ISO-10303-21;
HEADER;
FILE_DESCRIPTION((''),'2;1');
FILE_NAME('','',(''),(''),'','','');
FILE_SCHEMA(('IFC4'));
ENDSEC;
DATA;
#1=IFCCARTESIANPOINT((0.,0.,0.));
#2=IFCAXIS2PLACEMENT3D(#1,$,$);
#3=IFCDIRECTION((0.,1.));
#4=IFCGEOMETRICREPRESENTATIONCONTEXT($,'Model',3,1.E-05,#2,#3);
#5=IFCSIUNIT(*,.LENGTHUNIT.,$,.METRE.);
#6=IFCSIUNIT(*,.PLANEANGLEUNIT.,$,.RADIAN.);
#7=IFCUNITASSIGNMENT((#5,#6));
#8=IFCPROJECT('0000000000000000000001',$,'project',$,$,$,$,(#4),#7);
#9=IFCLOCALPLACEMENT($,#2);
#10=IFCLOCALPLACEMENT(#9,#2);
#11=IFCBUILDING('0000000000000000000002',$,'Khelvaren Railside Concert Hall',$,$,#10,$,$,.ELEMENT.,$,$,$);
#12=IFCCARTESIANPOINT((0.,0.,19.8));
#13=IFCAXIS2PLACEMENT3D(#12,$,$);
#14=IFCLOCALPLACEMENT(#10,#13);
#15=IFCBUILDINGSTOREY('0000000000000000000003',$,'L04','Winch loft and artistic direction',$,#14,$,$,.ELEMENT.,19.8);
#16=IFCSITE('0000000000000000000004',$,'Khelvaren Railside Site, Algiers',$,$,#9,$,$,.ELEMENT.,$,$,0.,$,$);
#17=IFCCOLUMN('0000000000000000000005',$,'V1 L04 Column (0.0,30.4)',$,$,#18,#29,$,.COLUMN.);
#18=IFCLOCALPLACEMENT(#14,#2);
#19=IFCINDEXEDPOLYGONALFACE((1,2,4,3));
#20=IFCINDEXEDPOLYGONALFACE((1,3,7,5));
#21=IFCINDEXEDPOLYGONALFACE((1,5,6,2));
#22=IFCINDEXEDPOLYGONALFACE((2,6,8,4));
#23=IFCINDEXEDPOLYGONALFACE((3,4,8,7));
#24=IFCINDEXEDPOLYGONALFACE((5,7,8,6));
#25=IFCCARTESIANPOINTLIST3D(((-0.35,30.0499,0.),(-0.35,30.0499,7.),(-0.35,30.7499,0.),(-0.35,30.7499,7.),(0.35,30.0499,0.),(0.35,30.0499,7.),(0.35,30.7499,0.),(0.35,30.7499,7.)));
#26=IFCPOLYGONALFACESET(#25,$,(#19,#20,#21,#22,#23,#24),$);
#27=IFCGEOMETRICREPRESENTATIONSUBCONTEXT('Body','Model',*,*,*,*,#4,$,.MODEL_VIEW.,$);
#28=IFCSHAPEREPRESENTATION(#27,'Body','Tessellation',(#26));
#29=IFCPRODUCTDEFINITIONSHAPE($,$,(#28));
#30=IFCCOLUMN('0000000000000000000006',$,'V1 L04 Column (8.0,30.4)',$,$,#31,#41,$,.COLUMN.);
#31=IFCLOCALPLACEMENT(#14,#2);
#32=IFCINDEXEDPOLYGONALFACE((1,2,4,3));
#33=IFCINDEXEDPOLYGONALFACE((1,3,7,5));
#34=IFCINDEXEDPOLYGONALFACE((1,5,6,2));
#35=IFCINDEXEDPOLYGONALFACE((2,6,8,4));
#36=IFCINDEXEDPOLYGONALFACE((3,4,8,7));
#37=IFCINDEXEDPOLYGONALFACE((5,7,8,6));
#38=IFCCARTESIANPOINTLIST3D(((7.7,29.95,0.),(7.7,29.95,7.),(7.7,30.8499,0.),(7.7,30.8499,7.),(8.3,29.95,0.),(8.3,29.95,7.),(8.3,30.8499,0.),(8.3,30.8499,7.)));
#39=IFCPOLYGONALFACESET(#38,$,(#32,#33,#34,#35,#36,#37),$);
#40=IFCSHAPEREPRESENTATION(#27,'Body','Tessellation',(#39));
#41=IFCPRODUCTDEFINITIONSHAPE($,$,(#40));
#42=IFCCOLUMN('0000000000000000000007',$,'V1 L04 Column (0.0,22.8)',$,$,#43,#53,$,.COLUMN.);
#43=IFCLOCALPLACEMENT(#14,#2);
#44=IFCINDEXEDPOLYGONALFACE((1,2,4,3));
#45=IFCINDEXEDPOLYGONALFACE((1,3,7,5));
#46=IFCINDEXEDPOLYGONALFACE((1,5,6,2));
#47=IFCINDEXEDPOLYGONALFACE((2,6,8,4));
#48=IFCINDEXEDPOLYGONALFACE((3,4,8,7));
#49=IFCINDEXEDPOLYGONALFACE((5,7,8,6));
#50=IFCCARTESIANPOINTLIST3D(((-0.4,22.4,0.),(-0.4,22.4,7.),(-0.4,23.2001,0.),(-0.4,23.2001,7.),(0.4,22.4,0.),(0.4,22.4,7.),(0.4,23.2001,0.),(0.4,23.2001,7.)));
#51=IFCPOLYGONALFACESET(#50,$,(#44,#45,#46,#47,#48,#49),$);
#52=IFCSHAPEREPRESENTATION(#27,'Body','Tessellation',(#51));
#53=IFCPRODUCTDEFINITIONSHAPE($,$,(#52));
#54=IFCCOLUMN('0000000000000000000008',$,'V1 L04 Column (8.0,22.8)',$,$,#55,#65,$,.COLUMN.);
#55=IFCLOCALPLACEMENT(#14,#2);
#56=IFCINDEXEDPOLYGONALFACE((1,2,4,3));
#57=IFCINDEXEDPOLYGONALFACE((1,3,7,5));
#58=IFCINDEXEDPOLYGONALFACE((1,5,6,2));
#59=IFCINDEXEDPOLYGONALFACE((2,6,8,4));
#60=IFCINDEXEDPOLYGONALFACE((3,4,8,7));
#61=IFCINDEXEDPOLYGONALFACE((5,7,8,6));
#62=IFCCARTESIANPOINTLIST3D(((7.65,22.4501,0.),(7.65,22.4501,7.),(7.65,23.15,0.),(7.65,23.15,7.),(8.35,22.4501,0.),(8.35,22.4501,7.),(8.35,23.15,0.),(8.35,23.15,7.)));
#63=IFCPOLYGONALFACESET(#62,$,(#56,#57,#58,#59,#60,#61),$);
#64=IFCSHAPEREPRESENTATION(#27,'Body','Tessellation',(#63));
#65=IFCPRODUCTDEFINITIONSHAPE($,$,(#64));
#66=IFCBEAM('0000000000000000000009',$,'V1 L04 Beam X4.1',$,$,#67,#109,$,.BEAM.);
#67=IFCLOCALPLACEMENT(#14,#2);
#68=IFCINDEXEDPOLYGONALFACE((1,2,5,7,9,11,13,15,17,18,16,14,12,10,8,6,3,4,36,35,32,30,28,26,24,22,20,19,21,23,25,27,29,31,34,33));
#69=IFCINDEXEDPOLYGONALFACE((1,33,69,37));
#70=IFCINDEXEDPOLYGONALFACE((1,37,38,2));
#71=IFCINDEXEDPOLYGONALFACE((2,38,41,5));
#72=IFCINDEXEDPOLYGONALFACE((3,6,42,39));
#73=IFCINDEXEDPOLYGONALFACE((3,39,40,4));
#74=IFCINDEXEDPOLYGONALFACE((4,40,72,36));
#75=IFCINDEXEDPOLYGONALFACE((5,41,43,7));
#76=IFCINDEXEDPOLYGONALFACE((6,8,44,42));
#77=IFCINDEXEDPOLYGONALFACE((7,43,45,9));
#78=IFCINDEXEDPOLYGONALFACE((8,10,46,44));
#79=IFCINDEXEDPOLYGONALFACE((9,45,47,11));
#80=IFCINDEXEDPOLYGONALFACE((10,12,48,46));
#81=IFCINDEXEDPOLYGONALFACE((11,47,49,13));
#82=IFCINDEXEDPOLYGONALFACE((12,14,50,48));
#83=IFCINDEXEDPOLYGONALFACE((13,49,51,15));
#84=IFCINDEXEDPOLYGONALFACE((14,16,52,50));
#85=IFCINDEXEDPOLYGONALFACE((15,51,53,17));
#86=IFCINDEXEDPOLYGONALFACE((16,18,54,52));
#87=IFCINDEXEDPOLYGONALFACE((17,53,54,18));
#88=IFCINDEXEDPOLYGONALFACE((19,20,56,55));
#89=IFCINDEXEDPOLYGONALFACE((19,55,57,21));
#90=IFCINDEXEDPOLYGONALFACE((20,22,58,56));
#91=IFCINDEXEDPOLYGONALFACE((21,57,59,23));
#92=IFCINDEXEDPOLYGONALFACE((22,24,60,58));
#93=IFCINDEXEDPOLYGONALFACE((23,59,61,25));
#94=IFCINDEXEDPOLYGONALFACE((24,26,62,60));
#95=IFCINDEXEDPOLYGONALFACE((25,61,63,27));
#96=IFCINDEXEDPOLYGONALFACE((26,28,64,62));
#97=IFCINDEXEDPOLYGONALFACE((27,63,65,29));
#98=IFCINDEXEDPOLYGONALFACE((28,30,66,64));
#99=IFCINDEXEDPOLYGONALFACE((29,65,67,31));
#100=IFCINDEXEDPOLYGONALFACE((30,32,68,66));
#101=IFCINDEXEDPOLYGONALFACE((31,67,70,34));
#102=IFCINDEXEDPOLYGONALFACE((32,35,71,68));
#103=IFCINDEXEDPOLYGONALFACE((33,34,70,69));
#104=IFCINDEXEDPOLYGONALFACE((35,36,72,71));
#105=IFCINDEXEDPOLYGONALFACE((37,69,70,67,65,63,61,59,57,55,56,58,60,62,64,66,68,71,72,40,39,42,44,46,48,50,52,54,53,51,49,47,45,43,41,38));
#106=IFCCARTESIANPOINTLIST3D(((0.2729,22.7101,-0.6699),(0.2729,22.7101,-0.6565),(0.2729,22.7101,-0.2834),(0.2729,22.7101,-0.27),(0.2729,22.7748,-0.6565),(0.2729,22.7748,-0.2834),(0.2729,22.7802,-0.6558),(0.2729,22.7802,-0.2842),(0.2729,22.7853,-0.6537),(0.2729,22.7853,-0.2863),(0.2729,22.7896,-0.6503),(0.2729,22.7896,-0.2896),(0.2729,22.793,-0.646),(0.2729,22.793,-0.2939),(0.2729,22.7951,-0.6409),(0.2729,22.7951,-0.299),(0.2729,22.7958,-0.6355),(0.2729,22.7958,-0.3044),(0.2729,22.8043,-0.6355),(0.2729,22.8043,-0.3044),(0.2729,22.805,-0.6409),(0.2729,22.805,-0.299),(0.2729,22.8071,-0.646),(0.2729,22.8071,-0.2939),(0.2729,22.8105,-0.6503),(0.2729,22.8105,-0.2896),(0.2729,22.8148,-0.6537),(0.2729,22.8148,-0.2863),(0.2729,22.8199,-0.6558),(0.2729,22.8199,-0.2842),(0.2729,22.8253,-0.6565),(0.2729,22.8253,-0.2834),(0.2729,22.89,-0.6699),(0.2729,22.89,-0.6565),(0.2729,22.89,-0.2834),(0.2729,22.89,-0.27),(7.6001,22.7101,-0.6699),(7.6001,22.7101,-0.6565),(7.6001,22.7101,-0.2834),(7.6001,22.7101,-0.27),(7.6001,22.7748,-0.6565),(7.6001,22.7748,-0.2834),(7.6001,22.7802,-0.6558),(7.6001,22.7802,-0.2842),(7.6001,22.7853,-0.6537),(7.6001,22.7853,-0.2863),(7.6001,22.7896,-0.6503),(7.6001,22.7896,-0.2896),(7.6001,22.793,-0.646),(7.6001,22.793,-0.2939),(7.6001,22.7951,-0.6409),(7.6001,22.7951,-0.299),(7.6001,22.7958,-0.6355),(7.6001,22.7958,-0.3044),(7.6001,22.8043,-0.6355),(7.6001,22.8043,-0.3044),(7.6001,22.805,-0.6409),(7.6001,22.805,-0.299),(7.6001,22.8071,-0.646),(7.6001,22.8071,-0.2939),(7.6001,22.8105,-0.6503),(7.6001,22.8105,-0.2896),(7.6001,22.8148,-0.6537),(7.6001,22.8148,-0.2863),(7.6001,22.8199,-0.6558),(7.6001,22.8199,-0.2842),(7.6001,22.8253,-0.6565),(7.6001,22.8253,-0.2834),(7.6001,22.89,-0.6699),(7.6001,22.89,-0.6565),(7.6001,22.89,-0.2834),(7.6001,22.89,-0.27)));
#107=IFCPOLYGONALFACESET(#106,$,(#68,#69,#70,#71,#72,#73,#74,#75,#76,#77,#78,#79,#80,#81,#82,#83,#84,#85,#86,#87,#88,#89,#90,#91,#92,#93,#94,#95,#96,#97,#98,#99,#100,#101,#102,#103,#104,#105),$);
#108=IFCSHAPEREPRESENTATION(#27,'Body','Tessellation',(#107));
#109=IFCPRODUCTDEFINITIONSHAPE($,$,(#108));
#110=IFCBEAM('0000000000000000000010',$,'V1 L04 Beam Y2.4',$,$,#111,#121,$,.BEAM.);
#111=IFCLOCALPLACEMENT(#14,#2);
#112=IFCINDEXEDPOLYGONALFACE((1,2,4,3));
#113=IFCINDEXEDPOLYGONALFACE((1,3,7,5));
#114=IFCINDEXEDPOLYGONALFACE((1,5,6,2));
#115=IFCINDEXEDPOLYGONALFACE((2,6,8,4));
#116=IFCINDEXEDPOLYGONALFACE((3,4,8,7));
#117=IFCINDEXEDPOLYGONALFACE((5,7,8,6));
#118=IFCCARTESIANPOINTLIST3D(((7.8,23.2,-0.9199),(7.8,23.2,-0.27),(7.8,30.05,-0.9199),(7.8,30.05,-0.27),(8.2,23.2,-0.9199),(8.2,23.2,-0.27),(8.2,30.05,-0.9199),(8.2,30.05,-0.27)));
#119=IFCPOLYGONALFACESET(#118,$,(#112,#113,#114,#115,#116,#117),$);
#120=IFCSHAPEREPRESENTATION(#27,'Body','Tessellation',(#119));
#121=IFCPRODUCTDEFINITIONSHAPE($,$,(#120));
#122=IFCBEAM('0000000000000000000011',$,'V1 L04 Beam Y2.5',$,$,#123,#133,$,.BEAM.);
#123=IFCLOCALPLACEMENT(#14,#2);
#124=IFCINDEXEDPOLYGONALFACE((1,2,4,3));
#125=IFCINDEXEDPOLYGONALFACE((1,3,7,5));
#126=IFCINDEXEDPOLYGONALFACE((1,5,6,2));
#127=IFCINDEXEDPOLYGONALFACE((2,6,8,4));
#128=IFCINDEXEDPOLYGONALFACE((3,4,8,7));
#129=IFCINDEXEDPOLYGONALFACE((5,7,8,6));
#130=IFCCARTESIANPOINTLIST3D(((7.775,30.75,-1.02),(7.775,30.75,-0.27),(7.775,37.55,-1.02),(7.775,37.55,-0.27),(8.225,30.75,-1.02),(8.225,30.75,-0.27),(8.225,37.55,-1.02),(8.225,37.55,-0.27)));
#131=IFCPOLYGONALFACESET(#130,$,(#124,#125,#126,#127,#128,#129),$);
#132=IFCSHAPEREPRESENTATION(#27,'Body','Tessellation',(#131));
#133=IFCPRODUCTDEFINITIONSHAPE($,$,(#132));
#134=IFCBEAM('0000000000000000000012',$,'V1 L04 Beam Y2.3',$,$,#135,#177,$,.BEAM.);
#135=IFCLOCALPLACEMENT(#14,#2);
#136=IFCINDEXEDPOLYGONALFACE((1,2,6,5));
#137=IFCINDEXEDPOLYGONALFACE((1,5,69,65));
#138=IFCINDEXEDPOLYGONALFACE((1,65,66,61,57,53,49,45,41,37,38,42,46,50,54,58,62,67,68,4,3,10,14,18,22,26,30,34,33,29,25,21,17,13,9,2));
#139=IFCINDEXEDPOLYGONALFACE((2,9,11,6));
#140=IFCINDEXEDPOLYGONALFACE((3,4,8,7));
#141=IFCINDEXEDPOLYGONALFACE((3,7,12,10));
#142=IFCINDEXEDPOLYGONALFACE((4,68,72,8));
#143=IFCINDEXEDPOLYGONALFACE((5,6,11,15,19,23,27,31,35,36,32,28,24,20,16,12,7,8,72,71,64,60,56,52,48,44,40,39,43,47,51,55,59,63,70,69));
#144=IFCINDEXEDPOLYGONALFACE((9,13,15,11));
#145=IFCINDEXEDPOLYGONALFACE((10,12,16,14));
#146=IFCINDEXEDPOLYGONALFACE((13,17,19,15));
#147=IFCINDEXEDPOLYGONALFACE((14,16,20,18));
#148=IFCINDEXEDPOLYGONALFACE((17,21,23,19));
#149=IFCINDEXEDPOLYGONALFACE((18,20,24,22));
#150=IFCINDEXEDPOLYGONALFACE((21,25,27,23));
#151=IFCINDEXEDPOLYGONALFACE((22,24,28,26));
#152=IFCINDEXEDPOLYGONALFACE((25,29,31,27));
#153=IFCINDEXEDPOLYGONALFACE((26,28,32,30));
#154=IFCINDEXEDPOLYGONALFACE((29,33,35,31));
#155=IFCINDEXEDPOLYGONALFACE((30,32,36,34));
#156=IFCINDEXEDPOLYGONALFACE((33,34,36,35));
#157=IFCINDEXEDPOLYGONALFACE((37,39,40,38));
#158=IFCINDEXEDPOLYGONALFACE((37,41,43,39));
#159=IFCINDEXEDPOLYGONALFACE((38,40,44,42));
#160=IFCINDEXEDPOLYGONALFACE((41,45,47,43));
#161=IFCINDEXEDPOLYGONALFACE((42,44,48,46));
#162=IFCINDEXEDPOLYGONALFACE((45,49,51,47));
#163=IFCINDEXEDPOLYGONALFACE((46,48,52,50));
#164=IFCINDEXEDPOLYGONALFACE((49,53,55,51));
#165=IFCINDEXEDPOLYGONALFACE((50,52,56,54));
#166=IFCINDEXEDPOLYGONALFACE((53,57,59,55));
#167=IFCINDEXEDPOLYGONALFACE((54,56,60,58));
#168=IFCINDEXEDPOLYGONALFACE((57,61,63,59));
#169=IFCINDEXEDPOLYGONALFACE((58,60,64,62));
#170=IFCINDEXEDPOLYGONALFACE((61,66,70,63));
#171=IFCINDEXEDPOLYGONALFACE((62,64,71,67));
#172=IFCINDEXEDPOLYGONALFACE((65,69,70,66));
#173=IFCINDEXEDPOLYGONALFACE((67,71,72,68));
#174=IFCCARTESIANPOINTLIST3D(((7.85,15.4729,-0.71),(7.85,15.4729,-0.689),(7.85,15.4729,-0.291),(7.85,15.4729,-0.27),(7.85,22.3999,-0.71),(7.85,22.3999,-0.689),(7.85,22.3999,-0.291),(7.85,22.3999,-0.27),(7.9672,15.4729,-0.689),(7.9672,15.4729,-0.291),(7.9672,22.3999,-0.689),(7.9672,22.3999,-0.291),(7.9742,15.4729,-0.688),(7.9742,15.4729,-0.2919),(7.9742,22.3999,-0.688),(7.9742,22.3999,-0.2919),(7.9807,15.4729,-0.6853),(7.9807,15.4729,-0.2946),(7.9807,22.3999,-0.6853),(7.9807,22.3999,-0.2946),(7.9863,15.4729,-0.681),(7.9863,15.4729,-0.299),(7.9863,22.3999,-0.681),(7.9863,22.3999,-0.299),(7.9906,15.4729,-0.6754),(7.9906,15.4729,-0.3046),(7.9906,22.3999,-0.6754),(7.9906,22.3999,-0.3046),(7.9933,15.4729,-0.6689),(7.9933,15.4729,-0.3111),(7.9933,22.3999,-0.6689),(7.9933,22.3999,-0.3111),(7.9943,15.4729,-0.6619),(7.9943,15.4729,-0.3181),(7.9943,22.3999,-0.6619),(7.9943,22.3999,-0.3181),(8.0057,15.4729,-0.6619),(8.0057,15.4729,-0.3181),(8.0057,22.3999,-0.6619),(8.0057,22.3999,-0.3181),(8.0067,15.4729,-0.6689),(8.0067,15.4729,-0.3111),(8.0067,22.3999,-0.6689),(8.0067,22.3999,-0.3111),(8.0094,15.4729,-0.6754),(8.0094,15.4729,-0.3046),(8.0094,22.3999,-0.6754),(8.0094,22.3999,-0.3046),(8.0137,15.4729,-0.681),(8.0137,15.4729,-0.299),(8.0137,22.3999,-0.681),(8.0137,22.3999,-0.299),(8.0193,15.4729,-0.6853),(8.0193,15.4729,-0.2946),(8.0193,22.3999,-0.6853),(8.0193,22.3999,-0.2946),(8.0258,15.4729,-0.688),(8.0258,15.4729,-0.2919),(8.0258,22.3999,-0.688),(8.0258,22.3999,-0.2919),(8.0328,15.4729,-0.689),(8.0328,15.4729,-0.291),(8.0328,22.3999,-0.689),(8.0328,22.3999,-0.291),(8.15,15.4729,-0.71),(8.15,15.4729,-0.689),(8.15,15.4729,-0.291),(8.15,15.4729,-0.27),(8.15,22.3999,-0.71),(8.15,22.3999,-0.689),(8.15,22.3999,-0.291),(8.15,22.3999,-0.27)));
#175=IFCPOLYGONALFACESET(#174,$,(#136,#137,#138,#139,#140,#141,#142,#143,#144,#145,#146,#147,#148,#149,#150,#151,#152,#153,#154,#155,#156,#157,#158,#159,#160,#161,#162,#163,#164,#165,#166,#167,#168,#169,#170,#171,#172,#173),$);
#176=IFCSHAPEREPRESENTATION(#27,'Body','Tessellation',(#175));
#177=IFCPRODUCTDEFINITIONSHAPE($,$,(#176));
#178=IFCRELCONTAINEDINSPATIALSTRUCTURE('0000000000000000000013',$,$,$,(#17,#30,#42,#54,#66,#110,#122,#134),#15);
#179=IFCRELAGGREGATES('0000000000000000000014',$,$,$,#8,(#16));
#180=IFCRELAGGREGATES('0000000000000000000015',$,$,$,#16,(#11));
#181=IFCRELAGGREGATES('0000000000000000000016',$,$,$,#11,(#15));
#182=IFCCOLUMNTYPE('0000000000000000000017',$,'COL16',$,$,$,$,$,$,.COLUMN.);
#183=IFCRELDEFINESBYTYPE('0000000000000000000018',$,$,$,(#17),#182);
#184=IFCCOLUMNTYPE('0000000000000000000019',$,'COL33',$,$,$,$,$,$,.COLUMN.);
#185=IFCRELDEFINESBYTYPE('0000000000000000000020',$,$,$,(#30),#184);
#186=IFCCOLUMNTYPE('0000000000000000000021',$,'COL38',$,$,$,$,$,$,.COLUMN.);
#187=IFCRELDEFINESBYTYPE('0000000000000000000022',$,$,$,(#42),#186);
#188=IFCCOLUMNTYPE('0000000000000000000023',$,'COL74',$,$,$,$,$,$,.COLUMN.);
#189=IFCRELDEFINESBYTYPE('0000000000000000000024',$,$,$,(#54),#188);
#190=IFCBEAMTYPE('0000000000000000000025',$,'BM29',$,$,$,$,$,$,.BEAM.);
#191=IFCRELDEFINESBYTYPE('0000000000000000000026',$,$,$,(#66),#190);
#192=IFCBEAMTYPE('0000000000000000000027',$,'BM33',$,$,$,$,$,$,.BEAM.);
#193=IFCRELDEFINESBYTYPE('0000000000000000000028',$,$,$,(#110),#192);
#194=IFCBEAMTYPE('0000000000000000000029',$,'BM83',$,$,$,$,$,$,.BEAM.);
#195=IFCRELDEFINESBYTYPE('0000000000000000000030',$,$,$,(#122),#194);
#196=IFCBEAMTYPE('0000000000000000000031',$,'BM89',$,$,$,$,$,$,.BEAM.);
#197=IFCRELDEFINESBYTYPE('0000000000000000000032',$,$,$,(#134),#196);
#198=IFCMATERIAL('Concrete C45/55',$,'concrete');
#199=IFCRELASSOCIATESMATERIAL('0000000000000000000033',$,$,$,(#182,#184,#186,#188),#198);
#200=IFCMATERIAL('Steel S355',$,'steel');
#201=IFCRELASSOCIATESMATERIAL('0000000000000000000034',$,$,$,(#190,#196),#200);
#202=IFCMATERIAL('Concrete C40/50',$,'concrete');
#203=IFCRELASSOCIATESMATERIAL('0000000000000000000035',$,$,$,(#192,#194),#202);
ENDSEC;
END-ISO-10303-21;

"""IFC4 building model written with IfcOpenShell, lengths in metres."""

from ifc_helpers import new_model, si_unit, direction, frame, origin, origin_2d, place, context, subcontext, project, spatial, rectangle, i_section, extrude, material, material_profile, profile_set, type_object, element, save


model = new_model("IFC4")

# Units and contexts
model_context = context("Model", 3, precision=1e-05, world=origin(), true_north=direction((0.0, 1.0)))
body_context = subcontext(model_context, "Body", "Model", "MODEL_VIEW")
ifc_project = project(units=[si_unit("LENGTHUNIT", "METRE"), si_unit("PLANEANGLEUNIT", "RADIAN")], contexts=[model_context])

# Site, building, storey
site_placement = place(None, origin())
site = spatial("IfcSite", under=ifc_project, at=site_placement, Name="Khelvaren Railside Site, Algiers", CompositionType="ELEMENT", RefElevation=0.0)
building_placement = place(site_placement, origin())
building = spatial("IfcBuilding", under=site, at=building_placement, Name="Khelvaren Railside Concert Hall", CompositionType="ELEMENT")
storey_placement = place(building_placement, frame((0.0, 0.0, 19.8)))
storey = spatial("IfcBuildingStorey", under=building, at=storey_placement, Name="L04", Description="Winch loft and artistic direction", CompositionType="ELEMENT", Elevation=19.8)

# Columns
ifc_material_1 = material(Name="Concrete C45/55", Category="concrete")
ifc_material_profile_1 = material_profile(ifc_material_1, rectangle(XDim=0.7, YDim=0.7, at=origin_2d()), Name="RC 700x700")
ifc_profile_set_1 = profile_set([ifc_material_profile_1], Name="Concrete C45/55")
column_type_1 = type_object("IfcColumnType", Name="COL16", PredefinedType="COLUMN", material=ifc_profile_set_1)
column_1_placement = place(storey_placement, frame((0.0, 30.3999, 0.0), z_axis=(0.0, 0.0, 1.0), x_axis=(1.0, 0.0, 0.0)))
element("IfcColumn", 1, at=column_1_placement, inside=storey, type_object=column_type_1, Name="V1 L04 Column (0.0,30.4)", PredefinedType="COLUMN", context=body_context, shape_type="SweptSolid", body=[
    extrude(rectangle(XDim=0.7, YDim=0.7, at=origin_2d()), origin(), (0.0, 0.0, 1.0), 7.0),
])
ifc_material_profile_2 = material_profile(ifc_material_1, rectangle(XDim=0.6001, YDim=0.8999, at=origin_2d()), Name="RC 600x900")
ifc_profile_set_2 = profile_set([ifc_material_profile_2], Name="Concrete C45/55")
column_type_2 = type_object("IfcColumnType", Name="COL33", PredefinedType="COLUMN", material=ifc_profile_set_2)
column_2_placement = place(storey_placement, frame((8.0, 30.3999, 0.0), z_axis=(0.0, 0.0, 1.0), x_axis=(1.0, 0.0, 0.0)))
element("IfcColumn", 2, at=column_2_placement, inside=storey, type_object=column_type_2, Name="V1 L04 Column (8.0,30.4)", PredefinedType="COLUMN", context=body_context, shape_type="SweptSolid", body=[
    extrude(rectangle(XDim=0.6001, YDim=0.8999, at=origin_2d()), origin(), (0.0, 0.0, 1.0), 7.0),
])
ifc_material_profile_3 = material_profile(ifc_material_1, rectangle(XDim=0.8, YDim=0.8, at=origin_2d()), Name="RC 800x800")
ifc_profile_set_3 = profile_set([ifc_material_profile_3], Name="Concrete C45/55")
column_type_3 = type_object("IfcColumnType", Name="COL38", PredefinedType="COLUMN", material=ifc_profile_set_3)
column_3_placement = place(storey_placement, frame((0.0, 22.8, 0.0), z_axis=(0.0, 0.0, 1.0), x_axis=(1.0, 0.0, 0.0)))
element("IfcColumn", 3, at=column_3_placement, inside=storey, type_object=column_type_3, Name="V1 L04 Column (0.0,22.8)", PredefinedType="COLUMN", context=body_context, shape_type="SweptSolid", body=[
    extrude(rectangle(XDim=0.8, YDim=0.8, at=origin_2d()), origin(), (0.0, 0.0, 1.0), 7.0),
])
ifc_material_profile_4 = material_profile(ifc_material_1, rectangle(XDim=0.7, YDim=0.7, at=origin_2d()), Name="RC 700x700")
ifc_profile_set_4 = profile_set([ifc_material_profile_4], Name="Concrete C45/55")
column_type_4 = type_object("IfcColumnType", Name="COL74", PredefinedType="COLUMN", material=ifc_profile_set_4)
column_4_placement = place(storey_placement, frame((8.0, 22.8, 0.0), z_axis=(0.0, 0.0, 1.0), x_axis=(1.0, 0.0, 0.0)))
element("IfcColumn", 4, at=column_4_placement, inside=storey, type_object=column_type_4, Name="V1 L04 Column (8.0,22.8)", PredefinedType="COLUMN", context=body_context, shape_type="SweptSolid", body=[
    extrude(rectangle(XDim=0.7, YDim=0.7, at=origin_2d()), origin(), (0.0, 0.0, 1.0), 7.0),
])

# Beams
ifc_material_2 = material(Name="Steel S355", Category="steel")
ifc_material_profile_5 = material_profile(ifc_material_2, i_section(OverallWidth=0.1799, OverallDepth=0.3999, WebThickness=0.0085, FlangeThickness=0.0134, FilletRadius=0.021, at=origin_2d()), Name="IPE 400")
ifc_profile_set_5 = profile_set([ifc_material_profile_5], Name="Steel S355")
beam_type_1 = type_object("IfcBeamType", Name="BM29", PredefinedType="BEAM", material=ifc_profile_set_5)
beam_1_placement = place(storey_placement, frame((0.2729, 22.8, -0.47), z_axis=(1.0, 0.0, 0.0), x_axis=(0.0, 1.0, 0.0)))
element("IfcBeam", 5, at=beam_1_placement, inside=storey, type_object=beam_type_1, Name="V1 L04 Beam X4.1", PredefinedType="BEAM", context=body_context, shape_type="SweptSolid", body=[
    extrude(i_section(OverallWidth=0.1799, OverallDepth=0.3999, WebThickness=0.0085, FlangeThickness=0.0134, FilletRadius=0.021, at=origin_2d()), origin(), (0.0, 0.0, 1.0), 7.3271),
])
ifc_material_3 = material(Name="Concrete C40/50", Category="concrete")
ifc_material_profile_6 = material_profile(ifc_material_3, rectangle(XDim=0.3999, YDim=0.6499, at=origin_2d()), Name="RCB 400x650")
ifc_profile_set_6 = profile_set([ifc_material_profile_6], Name="Concrete C40/50")
beam_type_2 = type_object("IfcBeamType", Name="BM33", PredefinedType="BEAM", material=ifc_profile_set_6)
beam_2_placement = place(storey_placement, frame((8.0, 23.2, -0.595), z_axis=(0.0, 1.0, 0.0), x_axis=(-1.0, 0.0, 0.0)))
element("IfcBeam", 6, at=beam_2_placement, inside=storey, type_object=beam_type_2, Name="V1 L04 Beam Y2.4", PredefinedType="BEAM", context=body_context, shape_type="SweptSolid", body=[
    extrude(rectangle(XDim=0.3999, YDim=0.6499, at=origin_2d()), origin(), (0.0, 0.0, 1.0), 6.8501),
])
ifc_material_profile_7 = material_profile(ifc_material_3, rectangle(XDim=0.45, YDim=0.75, at=origin_2d()), Name="RCB 450x750")
ifc_profile_set_7 = profile_set([ifc_material_profile_7], Name="Concrete C40/50")
beam_type_3 = type_object("IfcBeamType", Name="BM83", PredefinedType="BEAM", material=ifc_profile_set_7)
beam_3_placement = place(storey_placement, frame((8.0, 30.75, -0.645), z_axis=(0.0, 1.0, 0.0), x_axis=(-1.0, 0.0, 0.0)))
element("IfcBeam", 7, at=beam_3_placement, inside=storey, type_object=beam_type_3, Name="V1 L04 Beam Y2.5", PredefinedType="BEAM", context=body_context, shape_type="SweptSolid", body=[
    extrude(rectangle(XDim=0.45, YDim=0.75, at=origin_2d()), origin(), (0.0, 0.0, 1.0), 6.8),
])
ifc_material_profile_8 = material_profile(ifc_material_2, i_section(OverallWidth=0.3, OverallDepth=0.4399, WebThickness=0.0115, FlangeThickness=0.021, FilletRadius=0.0271, at=origin_2d()), Name="HEA 450")
ifc_profile_set_8 = profile_set([ifc_material_profile_8], Name="Steel S355")
beam_type_4 = type_object("IfcBeamType", Name="BM89", PredefinedType="BEAM", material=ifc_profile_set_8)
beam_4_placement = place(storey_placement, frame((8.0, 15.4729, -0.49), z_axis=(0.0, 1.0, 0.0), x_axis=(-1.0, 0.0, 0.0)))
element("IfcBeam", 8, at=beam_4_placement, inside=storey, type_object=beam_type_4, Name="V1 L04 Beam Y2.3", PredefinedType="BEAM", context=body_context, shape_type="SweptSolid", body=[
    extrude(i_section(OverallWidth=0.3, OverallDepth=0.4399, WebThickness=0.0115, FlangeThickness=0.021, FilletRadius=0.0271, at=origin_2d()), origin(), (0.0, 0.0, 1.0), 6.927),
])

save(model, "model.ifc")
